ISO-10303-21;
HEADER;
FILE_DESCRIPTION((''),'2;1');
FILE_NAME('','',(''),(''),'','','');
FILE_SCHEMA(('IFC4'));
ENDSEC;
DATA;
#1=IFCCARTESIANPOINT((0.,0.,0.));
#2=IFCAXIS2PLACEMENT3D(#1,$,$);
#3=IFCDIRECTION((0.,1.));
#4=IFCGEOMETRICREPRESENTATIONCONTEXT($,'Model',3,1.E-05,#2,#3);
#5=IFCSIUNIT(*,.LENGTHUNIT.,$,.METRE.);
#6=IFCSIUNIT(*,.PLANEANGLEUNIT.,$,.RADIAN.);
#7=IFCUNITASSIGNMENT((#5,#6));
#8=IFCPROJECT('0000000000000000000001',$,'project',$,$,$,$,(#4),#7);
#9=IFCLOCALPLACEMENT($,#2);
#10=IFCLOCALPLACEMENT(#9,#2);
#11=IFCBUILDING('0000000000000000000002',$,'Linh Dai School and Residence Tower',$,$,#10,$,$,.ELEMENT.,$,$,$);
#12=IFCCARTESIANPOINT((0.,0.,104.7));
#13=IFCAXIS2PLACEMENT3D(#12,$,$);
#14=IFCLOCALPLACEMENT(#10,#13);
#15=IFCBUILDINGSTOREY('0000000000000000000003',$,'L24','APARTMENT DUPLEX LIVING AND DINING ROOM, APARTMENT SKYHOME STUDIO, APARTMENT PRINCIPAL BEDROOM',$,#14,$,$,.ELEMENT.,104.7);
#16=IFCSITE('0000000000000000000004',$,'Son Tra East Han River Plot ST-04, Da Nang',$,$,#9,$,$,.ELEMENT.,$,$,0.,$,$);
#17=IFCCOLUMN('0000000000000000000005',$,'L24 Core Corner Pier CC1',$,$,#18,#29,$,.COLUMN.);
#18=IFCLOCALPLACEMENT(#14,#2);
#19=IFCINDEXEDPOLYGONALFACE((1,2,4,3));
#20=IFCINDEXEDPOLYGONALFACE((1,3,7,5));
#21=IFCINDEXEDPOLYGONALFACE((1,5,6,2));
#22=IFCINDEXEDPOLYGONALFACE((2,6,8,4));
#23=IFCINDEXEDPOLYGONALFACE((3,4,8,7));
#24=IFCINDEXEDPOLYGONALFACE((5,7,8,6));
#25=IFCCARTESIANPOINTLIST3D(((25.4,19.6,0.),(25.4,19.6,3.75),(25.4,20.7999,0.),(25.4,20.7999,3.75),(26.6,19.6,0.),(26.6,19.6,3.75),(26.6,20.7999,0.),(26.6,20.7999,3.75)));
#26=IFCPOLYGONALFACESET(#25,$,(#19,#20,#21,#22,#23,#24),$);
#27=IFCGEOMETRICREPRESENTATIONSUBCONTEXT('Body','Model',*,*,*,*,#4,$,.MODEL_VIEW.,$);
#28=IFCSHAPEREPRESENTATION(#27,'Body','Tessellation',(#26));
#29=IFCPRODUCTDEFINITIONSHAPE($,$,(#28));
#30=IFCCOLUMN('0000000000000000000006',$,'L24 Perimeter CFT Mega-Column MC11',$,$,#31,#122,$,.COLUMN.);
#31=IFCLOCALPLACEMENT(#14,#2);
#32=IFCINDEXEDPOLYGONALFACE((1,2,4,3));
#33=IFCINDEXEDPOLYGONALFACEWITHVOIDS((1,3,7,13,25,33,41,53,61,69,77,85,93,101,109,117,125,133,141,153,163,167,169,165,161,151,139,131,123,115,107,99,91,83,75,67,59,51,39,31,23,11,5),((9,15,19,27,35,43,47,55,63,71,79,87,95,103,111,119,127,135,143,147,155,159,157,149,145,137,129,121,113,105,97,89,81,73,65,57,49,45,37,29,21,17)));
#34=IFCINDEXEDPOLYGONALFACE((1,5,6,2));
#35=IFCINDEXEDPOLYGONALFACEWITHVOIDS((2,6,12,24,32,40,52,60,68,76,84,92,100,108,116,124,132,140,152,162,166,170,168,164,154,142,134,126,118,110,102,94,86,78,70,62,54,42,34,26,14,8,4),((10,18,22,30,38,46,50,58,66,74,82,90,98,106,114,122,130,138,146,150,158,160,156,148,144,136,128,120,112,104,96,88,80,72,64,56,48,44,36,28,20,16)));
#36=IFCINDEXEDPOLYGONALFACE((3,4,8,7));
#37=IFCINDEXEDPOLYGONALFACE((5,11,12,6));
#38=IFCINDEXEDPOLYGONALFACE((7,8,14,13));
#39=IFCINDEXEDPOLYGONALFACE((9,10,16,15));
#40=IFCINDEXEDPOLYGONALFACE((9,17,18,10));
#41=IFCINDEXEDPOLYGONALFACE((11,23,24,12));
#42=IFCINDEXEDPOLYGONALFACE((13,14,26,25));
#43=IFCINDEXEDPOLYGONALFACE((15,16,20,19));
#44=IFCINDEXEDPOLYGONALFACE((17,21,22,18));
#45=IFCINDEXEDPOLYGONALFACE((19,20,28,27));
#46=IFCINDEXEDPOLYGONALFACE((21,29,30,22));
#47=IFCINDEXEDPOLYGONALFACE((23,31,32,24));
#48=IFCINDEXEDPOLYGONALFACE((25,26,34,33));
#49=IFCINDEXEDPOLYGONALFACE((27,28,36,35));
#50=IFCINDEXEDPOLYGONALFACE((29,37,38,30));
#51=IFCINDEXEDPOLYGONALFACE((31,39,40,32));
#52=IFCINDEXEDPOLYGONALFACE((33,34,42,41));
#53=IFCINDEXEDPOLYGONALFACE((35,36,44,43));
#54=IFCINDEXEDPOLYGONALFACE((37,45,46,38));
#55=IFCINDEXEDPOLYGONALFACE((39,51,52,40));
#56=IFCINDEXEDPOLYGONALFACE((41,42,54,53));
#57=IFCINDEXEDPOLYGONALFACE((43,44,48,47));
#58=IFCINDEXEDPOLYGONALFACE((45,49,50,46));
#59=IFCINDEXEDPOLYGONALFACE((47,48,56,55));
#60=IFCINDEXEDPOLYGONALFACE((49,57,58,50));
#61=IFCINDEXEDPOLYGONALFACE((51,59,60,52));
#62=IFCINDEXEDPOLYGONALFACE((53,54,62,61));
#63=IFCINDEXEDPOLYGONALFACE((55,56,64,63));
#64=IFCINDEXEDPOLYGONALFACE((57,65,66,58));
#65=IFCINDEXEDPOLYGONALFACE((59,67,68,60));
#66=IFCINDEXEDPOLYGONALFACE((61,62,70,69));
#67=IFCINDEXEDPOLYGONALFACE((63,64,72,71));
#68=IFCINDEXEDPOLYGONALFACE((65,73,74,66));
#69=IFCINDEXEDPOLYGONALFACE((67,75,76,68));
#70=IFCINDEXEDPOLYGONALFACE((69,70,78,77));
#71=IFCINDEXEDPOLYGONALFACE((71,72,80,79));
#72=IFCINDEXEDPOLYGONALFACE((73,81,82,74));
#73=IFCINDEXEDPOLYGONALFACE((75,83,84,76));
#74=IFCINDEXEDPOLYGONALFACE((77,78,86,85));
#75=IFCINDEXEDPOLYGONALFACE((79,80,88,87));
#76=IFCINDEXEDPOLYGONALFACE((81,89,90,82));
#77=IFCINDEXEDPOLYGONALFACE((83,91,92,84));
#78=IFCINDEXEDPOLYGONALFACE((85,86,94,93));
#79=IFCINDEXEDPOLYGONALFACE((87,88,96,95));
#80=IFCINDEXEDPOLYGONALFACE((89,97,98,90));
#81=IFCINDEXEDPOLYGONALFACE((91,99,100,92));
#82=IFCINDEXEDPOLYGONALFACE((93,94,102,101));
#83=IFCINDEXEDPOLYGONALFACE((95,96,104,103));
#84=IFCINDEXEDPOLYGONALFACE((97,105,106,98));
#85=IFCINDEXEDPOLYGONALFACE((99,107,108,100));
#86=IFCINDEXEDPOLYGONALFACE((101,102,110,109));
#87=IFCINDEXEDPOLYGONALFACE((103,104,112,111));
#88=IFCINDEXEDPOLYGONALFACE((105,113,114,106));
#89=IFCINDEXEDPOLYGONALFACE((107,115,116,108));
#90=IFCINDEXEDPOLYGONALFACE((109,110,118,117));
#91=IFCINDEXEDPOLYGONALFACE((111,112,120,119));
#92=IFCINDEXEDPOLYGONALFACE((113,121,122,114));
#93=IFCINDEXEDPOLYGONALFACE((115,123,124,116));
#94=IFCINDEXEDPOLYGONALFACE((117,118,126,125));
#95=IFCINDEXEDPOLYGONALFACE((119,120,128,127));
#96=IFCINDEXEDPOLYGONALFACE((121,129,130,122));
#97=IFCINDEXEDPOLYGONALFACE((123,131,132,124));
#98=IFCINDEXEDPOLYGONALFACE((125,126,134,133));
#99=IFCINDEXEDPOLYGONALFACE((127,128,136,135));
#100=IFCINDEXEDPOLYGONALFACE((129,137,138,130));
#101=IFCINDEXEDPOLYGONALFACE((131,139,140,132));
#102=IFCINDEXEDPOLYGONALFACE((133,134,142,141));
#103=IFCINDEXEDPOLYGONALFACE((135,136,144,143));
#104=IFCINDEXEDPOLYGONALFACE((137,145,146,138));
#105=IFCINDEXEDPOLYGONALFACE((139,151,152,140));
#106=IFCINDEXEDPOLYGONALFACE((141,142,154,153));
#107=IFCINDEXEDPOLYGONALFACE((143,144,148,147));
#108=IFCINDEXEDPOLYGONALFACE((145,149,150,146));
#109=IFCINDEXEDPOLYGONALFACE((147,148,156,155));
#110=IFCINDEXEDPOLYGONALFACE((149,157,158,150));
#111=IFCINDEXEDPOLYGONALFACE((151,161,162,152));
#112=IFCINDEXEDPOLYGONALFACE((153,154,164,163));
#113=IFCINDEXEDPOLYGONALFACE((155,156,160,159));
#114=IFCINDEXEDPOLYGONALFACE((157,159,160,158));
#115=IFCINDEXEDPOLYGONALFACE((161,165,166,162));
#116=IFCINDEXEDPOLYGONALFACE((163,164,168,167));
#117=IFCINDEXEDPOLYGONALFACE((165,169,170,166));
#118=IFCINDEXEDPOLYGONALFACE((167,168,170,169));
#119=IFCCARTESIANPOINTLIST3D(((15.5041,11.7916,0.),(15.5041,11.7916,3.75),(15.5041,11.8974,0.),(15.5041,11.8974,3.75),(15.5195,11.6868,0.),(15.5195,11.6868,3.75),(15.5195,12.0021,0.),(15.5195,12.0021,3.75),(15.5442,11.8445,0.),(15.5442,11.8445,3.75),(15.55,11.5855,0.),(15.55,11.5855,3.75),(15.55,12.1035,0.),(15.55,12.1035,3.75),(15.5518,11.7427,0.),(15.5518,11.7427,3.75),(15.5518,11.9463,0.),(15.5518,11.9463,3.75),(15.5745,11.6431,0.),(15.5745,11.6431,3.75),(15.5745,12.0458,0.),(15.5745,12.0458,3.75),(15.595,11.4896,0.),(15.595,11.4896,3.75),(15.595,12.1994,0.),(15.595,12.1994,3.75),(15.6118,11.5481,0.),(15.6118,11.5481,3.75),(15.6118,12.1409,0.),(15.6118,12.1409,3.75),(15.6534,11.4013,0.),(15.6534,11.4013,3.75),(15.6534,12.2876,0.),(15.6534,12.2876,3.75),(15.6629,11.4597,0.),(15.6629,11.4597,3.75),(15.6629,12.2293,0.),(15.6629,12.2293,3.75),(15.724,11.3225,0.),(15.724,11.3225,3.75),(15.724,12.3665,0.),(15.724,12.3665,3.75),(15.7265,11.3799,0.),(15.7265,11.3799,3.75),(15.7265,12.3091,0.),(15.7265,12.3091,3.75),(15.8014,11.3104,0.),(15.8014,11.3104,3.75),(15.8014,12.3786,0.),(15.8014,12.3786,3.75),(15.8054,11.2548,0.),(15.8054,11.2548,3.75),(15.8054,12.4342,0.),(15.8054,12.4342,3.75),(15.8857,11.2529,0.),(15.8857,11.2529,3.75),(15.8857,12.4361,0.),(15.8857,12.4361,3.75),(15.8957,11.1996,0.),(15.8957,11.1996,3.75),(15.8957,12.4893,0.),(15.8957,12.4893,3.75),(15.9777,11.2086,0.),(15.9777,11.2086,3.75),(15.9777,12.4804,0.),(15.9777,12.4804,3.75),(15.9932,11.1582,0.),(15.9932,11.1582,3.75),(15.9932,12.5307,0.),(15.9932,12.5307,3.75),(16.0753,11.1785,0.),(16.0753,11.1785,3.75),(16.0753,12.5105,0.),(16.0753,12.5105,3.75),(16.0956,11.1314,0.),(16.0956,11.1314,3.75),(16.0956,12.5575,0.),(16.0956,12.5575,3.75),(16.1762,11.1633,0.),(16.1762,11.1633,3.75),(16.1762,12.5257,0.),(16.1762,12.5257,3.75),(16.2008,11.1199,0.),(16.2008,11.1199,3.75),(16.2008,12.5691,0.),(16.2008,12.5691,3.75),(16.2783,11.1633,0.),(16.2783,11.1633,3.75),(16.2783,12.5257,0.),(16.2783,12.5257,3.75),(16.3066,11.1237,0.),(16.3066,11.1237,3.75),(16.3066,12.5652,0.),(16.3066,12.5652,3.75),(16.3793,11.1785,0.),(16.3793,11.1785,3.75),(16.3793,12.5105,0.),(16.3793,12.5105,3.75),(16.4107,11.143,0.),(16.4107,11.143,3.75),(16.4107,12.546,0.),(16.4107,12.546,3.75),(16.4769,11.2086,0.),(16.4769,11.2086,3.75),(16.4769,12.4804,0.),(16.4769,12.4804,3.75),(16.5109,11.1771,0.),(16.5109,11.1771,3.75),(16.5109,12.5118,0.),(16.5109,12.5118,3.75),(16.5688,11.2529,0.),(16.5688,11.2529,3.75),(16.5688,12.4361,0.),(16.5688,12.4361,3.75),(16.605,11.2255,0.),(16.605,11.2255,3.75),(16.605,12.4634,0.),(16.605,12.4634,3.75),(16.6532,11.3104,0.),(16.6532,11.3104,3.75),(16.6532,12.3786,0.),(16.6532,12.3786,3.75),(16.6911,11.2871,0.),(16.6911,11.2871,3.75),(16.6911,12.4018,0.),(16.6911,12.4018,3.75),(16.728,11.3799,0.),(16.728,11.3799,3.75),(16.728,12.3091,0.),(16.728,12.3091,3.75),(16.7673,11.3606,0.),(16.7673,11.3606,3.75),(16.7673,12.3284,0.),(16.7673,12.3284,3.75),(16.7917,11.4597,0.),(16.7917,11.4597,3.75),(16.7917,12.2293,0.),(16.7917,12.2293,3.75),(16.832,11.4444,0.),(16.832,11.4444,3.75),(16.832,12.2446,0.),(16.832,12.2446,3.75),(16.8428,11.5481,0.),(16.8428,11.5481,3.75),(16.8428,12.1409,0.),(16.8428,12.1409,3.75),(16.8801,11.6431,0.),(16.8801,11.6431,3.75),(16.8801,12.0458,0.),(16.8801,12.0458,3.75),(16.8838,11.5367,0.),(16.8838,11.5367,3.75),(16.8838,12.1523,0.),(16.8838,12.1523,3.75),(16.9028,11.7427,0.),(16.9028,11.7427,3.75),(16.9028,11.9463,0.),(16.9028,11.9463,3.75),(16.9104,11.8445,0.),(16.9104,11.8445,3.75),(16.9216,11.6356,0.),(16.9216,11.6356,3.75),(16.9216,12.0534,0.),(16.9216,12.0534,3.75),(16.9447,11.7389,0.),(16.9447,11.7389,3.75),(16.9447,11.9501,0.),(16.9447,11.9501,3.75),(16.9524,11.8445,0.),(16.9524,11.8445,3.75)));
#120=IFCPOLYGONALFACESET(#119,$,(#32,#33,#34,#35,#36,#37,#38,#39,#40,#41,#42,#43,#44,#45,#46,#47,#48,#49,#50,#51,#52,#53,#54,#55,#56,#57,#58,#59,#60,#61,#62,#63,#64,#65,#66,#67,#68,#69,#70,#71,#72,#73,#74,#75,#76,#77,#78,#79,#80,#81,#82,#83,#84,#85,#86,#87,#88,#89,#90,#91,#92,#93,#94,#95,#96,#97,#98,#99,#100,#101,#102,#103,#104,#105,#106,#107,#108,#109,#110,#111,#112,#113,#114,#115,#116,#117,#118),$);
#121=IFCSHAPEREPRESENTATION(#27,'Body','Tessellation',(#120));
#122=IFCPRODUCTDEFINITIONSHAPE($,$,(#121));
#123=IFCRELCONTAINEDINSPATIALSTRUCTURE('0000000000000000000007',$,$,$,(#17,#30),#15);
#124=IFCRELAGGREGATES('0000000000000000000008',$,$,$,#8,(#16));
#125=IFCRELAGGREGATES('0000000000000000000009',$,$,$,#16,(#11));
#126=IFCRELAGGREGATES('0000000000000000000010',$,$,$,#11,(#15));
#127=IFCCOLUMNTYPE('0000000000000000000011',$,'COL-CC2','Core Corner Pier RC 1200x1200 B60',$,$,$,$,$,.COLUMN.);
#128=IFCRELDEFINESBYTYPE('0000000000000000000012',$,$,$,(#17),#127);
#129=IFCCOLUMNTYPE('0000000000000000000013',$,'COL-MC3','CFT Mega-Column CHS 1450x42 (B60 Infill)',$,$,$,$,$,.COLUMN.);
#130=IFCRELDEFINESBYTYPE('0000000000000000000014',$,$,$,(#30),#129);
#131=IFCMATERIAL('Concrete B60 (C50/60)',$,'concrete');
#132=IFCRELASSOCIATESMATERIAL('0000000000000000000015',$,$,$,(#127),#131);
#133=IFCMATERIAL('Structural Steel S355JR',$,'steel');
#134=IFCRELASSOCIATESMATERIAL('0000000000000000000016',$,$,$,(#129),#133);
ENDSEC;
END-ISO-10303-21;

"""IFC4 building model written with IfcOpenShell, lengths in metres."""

from ifc_helpers import new_model, si_unit, direction, frame, origin, origin_2d, place, context, subcontext, project, spatial, rectangle, hollow_circle, extrude, material, material_profile, profile_set, type_object, element, save


model = new_model("IFC4")

# Units and contexts
model_context = context("Model", 3, precision=1e-05, world=origin(), true_north=direction((0.0, 1.0)))
body_context = subcontext(model_context, "Body", "Model", "MODEL_VIEW")
ifc_project = project(units=[si_unit("LENGTHUNIT", "METRE"), si_unit("PLANEANGLEUNIT", "RADIAN")], contexts=[model_context])

# Site, building, storey
site_placement = place(None, origin())
site = spatial("IfcSite", under=ifc_project, at=site_placement, Name="Son Tra East Han River Plot ST-04, Da Nang", CompositionType="ELEMENT", RefElevation=0.0)
building_placement = place(site_placement, origin())
building = spatial("IfcBuilding", under=site, at=building_placement, Name="Linh Dai School and Residence Tower", CompositionType="ELEMENT")
storey_placement = place(building_placement, frame((0.0, 0.0, 104.7)))
storey = spatial("IfcBuildingStorey", under=building, at=storey_placement, Name="L24", Description="APARTMENT DUPLEX LIVING AND DINING ROOM, APARTMENT SKYHOME STUDIO, APARTMENT PRINCIPAL BEDROOM", CompositionType="ELEMENT", Elevation=104.7)

# Columns
ifc_material_1 = material(Name="Concrete B60 (C50/60)", Category="concrete")
ifc_material_profile_1 = material_profile(ifc_material_1, rectangle(XDim=1.2, YDim=1.2, at=origin_2d()), Name="RC 1200x1200")
ifc_profile_set_1 = profile_set([ifc_material_profile_1], Name="Concrete B60 (C50/60)")
column_type_1 = type_object("IfcColumnType", Name="COL-CC2", Description="Core Corner Pier RC 1200x1200 B60", PredefinedType="COLUMN", material=ifc_profile_set_1)
column_placement = place(storey_placement, frame((26.0, 20.2, 0.0), z_axis=(0.0, 0.0, 1.0), x_axis=(1.0, 0.0, 0.0)))
element("IfcColumn", 1, at=column_placement, inside=storey, type_object=column_type_1, Name="L24 Core Corner Pier CC1", PredefinedType="COLUMN", context=body_context, shape_type="SweptSolid", body=[
    extrude(rectangle(XDim=1.2, YDim=1.2, at=origin_2d()), origin(), (0.0, 0.0, 1.0), 3.75),
])
ifc_material_2 = material(Name="Structural Steel S355JR", Category="steel")
ifc_material_profile_2 = material_profile(ifc_material_2, hollow_circle(Radius=0.7251, WallThickness=0.042, at=origin_2d()), Name="CHS 1450x42")
ifc_profile_set_2 = profile_set([ifc_material_profile_2], Name="Structural Steel S355JR")
column_type_2 = type_object("IfcColumnType", Name="COL-MC3", Description="CFT Mega-Column CHS 1450x42 (B60 Infill)", PredefinedType="COLUMN", material=ifc_profile_set_2)
for number, where, z_axis, x_axis, name in (
    (2, (16.2273, 11.8445, 0.0), (0.0, 0.0, 1.0), (1.0, 0.0, 0.0), "L24 Perimeter CFT Mega-Column MC11"),
):
    element("IfcColumn", number, at=place(storey_placement, frame(where, z_axis=z_axis, x_axis=x_axis)), inside=storey, type_object=column_type_2, Name=name, PredefinedType="COLUMN", context=body_context, shape_type="SweptSolid", body=[
        extrude(hollow_circle(Radius=0.7251, WallThickness=0.042, at=origin_2d()), origin(), (0.0, 0.0, 1.0), 3.75),
    ])

save(model, "model.ifc")
